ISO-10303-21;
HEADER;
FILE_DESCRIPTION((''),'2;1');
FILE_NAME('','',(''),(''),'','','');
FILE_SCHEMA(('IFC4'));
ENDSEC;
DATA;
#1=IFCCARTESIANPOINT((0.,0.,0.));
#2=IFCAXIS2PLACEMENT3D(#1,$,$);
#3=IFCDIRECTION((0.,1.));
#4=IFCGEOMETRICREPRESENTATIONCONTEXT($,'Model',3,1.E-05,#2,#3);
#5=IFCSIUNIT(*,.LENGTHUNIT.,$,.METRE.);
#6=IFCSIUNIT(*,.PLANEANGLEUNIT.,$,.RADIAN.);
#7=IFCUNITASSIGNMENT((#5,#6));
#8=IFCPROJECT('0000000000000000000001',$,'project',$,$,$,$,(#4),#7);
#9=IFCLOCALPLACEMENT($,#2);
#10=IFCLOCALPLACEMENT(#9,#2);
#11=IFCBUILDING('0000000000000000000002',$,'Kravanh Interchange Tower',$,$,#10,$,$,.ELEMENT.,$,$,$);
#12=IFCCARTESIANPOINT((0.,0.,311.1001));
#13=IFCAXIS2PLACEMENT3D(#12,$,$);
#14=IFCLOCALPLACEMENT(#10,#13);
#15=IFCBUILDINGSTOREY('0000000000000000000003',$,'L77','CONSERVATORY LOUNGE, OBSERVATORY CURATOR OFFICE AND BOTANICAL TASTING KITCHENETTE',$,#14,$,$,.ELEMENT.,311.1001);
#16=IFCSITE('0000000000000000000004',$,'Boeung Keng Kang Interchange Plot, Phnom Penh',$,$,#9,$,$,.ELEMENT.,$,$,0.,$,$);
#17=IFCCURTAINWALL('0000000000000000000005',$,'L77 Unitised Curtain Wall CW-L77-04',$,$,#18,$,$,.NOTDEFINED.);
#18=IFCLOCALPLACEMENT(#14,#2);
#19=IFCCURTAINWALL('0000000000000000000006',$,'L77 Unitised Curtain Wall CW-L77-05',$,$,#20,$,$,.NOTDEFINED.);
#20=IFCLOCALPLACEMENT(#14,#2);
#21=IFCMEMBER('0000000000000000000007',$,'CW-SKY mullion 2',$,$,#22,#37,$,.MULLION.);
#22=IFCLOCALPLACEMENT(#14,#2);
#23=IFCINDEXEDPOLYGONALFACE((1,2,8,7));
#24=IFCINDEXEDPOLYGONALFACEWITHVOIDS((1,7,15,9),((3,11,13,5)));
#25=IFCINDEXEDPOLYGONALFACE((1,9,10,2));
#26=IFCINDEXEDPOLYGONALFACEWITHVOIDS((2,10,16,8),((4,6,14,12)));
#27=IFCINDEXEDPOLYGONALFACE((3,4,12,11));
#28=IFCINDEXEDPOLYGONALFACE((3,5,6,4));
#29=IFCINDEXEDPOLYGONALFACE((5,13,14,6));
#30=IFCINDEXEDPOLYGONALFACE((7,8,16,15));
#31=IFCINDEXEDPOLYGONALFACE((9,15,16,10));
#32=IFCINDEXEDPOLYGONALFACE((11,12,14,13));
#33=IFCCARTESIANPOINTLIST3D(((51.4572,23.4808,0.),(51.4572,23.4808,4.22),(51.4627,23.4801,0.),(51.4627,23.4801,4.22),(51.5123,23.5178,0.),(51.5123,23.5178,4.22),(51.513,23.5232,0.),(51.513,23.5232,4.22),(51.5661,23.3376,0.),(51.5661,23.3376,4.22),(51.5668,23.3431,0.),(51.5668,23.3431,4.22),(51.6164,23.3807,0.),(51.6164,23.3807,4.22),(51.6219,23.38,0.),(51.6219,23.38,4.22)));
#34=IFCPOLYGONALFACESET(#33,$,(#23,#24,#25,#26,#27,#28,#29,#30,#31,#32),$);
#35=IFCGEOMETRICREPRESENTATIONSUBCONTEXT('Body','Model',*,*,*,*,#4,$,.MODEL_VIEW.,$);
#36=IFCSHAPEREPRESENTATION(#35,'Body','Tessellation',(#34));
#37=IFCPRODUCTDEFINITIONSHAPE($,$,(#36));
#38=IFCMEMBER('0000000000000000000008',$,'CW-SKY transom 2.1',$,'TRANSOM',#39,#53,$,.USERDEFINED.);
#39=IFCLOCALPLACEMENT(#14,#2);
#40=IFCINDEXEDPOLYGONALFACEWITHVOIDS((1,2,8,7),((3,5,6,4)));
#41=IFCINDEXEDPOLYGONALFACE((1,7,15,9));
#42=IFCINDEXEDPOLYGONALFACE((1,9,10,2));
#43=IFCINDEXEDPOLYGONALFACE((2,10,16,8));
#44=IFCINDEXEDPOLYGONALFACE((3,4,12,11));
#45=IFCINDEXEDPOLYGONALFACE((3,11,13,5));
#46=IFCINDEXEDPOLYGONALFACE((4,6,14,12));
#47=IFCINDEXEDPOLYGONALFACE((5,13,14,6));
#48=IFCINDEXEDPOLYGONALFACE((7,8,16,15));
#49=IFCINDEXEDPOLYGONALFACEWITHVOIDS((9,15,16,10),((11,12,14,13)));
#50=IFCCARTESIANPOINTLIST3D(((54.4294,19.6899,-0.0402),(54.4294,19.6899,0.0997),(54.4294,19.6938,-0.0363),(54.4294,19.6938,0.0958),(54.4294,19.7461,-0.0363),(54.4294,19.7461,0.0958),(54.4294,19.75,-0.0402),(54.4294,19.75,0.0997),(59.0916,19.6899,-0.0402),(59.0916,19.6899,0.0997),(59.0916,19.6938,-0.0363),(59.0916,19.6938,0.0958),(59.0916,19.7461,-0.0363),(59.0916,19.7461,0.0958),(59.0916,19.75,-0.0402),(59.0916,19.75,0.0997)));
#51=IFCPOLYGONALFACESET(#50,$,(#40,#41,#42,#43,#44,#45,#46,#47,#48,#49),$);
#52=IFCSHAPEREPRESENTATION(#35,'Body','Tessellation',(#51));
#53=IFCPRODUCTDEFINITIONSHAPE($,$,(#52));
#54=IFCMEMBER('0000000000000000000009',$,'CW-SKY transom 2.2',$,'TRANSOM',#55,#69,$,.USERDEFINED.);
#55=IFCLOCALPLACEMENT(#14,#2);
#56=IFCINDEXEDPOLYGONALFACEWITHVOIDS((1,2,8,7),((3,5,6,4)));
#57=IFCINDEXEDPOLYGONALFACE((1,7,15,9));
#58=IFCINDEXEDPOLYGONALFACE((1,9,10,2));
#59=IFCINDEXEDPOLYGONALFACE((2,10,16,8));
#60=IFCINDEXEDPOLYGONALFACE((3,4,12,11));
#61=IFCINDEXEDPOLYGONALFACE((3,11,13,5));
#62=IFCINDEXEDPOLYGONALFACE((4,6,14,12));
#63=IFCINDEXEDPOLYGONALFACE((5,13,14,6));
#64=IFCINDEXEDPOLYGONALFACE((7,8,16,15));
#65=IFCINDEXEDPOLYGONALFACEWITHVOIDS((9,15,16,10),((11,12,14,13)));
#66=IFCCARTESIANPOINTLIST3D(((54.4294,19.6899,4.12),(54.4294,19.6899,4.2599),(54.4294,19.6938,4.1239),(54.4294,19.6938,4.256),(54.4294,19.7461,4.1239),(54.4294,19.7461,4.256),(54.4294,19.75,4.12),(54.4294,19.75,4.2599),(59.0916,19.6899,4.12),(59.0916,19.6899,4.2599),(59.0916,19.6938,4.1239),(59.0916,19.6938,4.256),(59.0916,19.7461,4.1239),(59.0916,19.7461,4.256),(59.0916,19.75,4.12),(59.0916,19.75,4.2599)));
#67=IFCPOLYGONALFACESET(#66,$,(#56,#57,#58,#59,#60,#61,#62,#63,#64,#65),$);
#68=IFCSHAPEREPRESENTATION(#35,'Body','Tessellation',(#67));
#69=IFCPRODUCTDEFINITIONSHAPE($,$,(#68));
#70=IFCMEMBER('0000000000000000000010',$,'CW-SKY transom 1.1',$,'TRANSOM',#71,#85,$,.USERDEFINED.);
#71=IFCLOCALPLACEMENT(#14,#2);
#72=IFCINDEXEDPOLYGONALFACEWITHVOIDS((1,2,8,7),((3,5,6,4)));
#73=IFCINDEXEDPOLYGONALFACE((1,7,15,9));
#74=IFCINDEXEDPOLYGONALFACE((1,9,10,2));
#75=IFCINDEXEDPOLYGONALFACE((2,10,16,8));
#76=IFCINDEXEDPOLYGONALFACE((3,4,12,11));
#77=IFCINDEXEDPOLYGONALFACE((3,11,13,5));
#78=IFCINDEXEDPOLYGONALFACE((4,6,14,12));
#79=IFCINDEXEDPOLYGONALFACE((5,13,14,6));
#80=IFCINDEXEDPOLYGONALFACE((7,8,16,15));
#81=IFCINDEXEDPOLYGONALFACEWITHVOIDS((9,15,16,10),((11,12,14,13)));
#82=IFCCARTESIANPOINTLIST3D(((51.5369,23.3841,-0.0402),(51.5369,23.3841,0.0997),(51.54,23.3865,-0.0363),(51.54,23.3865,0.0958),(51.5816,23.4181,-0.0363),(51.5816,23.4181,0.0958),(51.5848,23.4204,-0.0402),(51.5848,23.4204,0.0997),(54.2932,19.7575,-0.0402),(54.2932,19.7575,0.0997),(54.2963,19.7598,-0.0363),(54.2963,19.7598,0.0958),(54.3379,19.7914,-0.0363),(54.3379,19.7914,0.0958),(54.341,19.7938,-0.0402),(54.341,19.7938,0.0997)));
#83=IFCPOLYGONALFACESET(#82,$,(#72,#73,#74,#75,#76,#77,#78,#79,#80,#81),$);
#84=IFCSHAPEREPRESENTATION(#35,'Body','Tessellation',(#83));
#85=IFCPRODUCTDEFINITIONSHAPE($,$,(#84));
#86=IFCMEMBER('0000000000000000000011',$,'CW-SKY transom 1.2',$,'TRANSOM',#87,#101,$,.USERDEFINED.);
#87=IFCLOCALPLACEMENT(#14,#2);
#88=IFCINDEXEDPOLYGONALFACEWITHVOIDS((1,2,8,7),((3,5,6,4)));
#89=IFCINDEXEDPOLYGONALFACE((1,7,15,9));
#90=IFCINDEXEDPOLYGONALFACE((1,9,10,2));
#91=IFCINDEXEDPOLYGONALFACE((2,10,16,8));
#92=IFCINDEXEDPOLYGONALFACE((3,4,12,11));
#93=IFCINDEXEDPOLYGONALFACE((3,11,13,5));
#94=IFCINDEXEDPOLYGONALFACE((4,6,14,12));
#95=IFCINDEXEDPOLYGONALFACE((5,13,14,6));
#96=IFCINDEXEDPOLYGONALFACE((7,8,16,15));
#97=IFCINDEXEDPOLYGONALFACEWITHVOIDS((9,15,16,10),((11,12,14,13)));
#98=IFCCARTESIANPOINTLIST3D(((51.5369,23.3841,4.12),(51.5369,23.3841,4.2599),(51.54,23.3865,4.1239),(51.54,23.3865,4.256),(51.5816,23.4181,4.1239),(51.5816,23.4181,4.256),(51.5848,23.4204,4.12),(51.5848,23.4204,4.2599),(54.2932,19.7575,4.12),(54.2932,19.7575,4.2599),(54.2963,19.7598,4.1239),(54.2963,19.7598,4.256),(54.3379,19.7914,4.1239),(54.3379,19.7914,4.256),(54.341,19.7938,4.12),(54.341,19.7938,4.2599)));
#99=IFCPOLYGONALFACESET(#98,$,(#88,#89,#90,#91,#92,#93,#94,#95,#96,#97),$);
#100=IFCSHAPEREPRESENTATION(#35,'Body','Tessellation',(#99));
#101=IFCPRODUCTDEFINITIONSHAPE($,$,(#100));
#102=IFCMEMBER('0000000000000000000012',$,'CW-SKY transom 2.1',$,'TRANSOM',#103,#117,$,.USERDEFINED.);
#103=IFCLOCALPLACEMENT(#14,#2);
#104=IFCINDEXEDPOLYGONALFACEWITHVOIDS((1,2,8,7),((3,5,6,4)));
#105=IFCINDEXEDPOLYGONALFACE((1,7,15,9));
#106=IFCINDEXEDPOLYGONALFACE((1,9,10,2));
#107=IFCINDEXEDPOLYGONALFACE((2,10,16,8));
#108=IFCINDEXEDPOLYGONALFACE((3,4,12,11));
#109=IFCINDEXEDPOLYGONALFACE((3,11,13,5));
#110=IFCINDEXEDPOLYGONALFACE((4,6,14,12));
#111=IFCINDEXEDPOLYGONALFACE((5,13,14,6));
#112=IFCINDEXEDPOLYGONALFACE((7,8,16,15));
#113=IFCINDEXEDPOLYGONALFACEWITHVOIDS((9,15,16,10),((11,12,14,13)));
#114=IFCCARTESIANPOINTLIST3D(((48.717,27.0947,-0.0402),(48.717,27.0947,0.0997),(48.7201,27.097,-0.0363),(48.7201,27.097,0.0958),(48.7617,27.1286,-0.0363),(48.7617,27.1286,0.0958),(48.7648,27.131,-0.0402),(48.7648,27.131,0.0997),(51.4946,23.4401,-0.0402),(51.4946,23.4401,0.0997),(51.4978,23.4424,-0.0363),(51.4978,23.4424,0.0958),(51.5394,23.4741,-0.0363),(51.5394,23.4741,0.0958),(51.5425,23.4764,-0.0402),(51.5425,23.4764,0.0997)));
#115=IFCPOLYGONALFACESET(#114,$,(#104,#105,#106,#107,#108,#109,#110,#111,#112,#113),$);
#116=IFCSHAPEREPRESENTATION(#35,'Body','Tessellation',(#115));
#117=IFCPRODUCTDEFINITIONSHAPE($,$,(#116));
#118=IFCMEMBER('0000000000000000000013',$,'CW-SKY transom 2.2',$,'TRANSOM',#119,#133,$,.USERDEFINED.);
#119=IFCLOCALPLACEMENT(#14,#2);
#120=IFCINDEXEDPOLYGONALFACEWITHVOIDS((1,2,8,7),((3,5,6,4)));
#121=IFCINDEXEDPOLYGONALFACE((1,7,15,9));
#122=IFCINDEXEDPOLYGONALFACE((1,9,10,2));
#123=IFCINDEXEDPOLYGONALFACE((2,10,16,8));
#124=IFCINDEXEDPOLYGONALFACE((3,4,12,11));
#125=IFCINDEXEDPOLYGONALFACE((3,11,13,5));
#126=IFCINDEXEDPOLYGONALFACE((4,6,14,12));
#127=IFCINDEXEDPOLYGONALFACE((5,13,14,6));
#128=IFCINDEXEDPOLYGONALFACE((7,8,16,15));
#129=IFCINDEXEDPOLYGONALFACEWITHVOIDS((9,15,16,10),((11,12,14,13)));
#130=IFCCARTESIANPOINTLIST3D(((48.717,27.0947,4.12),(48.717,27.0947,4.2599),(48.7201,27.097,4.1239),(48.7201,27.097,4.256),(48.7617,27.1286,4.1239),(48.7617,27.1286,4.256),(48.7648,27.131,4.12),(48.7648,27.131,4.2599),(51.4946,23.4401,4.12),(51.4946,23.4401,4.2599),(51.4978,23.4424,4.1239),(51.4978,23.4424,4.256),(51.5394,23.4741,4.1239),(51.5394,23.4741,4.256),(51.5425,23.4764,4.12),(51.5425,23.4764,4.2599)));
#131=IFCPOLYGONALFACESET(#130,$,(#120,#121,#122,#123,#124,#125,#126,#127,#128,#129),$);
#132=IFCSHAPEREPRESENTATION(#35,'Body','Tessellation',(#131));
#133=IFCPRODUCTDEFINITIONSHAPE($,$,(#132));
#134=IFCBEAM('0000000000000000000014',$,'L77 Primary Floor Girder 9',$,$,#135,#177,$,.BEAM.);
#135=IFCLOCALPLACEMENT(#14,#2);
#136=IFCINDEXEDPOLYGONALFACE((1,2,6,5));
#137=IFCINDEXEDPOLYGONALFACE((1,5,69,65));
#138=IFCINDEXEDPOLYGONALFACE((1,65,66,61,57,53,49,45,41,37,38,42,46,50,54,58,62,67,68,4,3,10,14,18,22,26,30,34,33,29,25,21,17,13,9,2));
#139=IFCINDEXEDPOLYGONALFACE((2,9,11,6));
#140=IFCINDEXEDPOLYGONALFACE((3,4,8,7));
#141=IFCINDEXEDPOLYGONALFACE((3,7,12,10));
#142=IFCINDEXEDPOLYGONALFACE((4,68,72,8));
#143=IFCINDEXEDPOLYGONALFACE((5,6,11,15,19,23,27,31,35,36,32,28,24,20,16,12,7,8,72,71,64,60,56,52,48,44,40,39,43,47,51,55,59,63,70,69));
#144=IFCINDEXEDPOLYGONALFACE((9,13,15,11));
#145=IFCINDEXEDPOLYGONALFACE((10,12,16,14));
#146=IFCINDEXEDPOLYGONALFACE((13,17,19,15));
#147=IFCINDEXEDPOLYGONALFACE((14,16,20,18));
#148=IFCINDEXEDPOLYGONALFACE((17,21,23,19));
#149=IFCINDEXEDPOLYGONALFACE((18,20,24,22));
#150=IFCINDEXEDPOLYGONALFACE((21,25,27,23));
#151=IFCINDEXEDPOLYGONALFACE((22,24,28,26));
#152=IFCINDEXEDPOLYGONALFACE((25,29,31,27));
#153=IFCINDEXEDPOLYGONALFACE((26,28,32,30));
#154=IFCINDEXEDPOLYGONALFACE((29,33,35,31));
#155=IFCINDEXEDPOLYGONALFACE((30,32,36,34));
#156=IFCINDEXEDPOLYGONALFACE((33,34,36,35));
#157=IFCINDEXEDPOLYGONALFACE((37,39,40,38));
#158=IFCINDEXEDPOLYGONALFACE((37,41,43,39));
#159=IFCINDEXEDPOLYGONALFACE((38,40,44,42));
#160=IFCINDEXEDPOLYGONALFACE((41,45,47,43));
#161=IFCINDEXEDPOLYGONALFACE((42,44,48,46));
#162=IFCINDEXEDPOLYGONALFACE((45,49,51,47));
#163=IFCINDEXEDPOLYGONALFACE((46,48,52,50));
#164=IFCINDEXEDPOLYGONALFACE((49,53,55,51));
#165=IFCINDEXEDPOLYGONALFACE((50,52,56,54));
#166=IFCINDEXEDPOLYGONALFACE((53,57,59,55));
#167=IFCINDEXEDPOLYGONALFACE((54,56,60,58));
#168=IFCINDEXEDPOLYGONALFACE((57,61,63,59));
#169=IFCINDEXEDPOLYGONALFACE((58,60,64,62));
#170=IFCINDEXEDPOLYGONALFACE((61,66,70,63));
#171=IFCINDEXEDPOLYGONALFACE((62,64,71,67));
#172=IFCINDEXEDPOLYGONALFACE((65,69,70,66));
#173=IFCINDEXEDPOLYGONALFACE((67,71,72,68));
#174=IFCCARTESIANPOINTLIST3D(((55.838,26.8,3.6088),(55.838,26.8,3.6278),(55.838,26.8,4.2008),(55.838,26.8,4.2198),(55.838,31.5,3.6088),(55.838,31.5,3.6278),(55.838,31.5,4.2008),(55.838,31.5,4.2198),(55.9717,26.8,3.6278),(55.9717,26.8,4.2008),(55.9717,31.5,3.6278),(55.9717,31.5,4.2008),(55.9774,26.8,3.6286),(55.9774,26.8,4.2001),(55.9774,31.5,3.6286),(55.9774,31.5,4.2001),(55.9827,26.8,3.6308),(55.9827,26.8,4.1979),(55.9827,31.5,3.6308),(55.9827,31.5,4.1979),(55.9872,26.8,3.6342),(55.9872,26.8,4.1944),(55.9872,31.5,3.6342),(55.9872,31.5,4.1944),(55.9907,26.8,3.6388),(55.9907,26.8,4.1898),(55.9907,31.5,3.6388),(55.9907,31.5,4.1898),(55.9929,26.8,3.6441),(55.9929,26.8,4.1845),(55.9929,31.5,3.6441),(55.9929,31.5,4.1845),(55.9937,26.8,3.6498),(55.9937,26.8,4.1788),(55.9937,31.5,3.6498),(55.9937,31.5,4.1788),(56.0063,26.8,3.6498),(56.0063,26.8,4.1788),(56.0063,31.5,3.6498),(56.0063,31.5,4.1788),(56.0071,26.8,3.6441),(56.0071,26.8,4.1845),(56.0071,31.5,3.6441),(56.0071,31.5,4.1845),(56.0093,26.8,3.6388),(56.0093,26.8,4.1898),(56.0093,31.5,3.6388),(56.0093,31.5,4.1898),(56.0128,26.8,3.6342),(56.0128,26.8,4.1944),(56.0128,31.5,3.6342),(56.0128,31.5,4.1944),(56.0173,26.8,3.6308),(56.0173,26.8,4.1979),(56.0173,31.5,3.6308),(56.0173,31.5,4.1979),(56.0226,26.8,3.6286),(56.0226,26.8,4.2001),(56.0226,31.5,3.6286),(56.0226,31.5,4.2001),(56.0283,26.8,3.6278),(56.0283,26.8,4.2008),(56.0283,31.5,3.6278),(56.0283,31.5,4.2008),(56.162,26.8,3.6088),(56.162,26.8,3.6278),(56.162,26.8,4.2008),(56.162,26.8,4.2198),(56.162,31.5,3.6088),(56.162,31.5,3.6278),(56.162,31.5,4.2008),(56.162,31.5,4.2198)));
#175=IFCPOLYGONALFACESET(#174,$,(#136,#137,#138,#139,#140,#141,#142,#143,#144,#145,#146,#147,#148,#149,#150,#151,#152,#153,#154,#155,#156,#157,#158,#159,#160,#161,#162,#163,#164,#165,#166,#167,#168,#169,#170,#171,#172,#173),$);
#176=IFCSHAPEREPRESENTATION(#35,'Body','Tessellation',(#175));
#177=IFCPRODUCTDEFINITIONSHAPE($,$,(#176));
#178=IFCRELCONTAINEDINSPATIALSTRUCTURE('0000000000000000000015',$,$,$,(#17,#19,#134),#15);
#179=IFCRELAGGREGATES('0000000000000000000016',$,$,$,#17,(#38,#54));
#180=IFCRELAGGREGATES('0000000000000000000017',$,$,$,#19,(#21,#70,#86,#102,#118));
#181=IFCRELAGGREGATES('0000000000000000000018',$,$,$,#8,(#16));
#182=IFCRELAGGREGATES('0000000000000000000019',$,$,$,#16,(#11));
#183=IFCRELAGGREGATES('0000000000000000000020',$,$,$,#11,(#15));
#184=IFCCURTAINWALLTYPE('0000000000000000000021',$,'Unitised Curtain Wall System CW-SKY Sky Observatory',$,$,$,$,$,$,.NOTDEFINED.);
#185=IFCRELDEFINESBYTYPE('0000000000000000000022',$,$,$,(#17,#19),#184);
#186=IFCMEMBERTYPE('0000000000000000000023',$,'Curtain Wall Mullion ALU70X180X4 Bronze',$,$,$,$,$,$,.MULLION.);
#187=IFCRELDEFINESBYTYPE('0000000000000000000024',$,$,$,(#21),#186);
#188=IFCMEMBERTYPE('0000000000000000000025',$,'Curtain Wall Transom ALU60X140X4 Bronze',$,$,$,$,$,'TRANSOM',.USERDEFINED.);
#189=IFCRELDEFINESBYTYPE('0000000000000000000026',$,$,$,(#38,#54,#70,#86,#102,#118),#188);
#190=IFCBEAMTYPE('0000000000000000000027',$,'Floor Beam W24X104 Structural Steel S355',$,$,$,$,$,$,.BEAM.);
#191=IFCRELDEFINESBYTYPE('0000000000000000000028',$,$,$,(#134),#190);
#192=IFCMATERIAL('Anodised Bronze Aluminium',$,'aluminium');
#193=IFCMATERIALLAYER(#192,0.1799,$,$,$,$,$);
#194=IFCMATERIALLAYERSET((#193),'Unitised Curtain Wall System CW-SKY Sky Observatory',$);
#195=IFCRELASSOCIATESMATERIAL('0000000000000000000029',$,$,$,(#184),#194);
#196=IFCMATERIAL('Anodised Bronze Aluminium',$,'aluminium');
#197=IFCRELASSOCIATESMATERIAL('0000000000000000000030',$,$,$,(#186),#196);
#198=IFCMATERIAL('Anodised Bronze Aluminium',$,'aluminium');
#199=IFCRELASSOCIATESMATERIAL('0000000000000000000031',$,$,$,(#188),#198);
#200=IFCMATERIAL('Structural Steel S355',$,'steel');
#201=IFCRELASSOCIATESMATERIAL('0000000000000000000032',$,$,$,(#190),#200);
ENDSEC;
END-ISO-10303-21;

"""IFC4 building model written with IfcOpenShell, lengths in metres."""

from ifc_helpers import new_model, si_unit, direction, frame, origin, origin_2d, place, context, subcontext, project, spatial, hollow_rectangle, i_section, extrude, material, layer, layer_set, material_profile, profile_set, type_object, element, aggregate, save


model = new_model("IFC4")

# Units and contexts
model_context = context("Model", 3, precision=1e-05, world=origin(), true_north=direction((0.0, 1.0)))
body_context = subcontext(model_context, "Body", "Model", "MODEL_VIEW")
ifc_project = project(units=[si_unit("LENGTHUNIT", "METRE"), si_unit("PLANEANGLEUNIT", "RADIAN")], contexts=[model_context])

# Site, building, storey
site_placement = place(None, origin())
site = spatial("IfcSite", under=ifc_project, at=site_placement, Name="Boeung Keng Kang Interchange Plot, Phnom Penh", CompositionType="ELEMENT", RefElevation=0.0)
building_placement = place(site_placement, origin())
building = spatial("IfcBuilding", under=site, at=building_placement, Name="Kravanh Interchange Tower", CompositionType="ELEMENT")
storey_placement = place(building_placement, frame((0.0, 0.0, 311.1001)))
storey = spatial("IfcBuildingStorey", under=building, at=storey_placement, Name="L77", Description="CONSERVATORY LOUNGE, OBSERVATORY CURATOR OFFICE AND BOTANICAL TASTING KITCHENETTE", CompositionType="ELEMENT", Elevation=311.1001)

# Curtain walls, member
ifc_material_1 = material(Name="Anodised Bronze Aluminium", Category="aluminium")
ifc_layer_1 = layer(ifc_material_1, 0.1799)
ifc_layer_set_1 = layer_set([ifc_layer_1], Name="Unitised Curtain Wall System CW-SKY Sky Observatory")
curtain_wall_type = type_object("IfcCurtainWallType", Name="Unitised Curtain Wall System CW-SKY Sky Observatory", PredefinedType="NOTDEFINED", material=ifc_layer_set_1)
curtain_wall_1_placement = place(storey_placement, origin())
curtain_wall_1 = element("IfcCurtainWall", 1, at=curtain_wall_1_placement, inside=storey, type_object=curtain_wall_type, Name="L77 Unitised Curtain Wall CW-L77-04", PredefinedType="NOTDEFINED")
ifc_material_2 = material(Name="Anodised Bronze Aluminium", Category="aluminium")
ifc_material_profile_1 = material_profile(ifc_material_2, hollow_rectangle(XDim=0.0701, YDim=0.1799, WallThickness=0.0039, at=origin_2d()), Name="ALU70X180X4")
ifc_profile_set_1 = profile_set([ifc_material_profile_1], Name="Anodised Bronze Aluminium")
member_type_1 = type_object("IfcMemberType", Name="Curtain Wall Mullion ALU70X180X4 Bronze", PredefinedType="MULLION", material=ifc_profile_set_1)
curtain_wall_2_placement = place(storey_placement, origin())
curtain_wall_2 = element("IfcCurtainWall", 2, at=curtain_wall_2_placement, inside=storey, type_object=curtain_wall_type, Name="L77 Unitised Curtain Wall CW-L77-05", PredefinedType="NOTDEFINED")
member_1_placement = place(storey_placement, frame((51.5396, 23.4304, 0.0), z_axis=(0.0, 0.0, 1.0), x_axis=(-0.796162, -0.605084, 0.0)))
member_1 = element("IfcMember", 3, at=member_1_placement, type_object=member_type_1, Name="CW-SKY mullion 2", PredefinedType="MULLION", context=body_context, shape_type="SweptSolid", body=[
    extrude(hollow_rectangle(XDim=0.0701, YDim=0.1799, WallThickness=0.0039, at=origin_2d()), origin(), (0.0, 0.0, 1.0), 4.22),
])

# Members
ifc_material_3 = material(Name="Anodised Bronze Aluminium", Category="aluminium")
ifc_material_profile_2 = material_profile(ifc_material_3, hollow_rectangle(XDim=0.0601, YDim=0.1399, WallThickness=0.0039, at=origin_2d()), Name="ALU60X140X4")
ifc_profile_set_2 = profile_set([ifc_material_profile_2], Name="Anodised Bronze Aluminium")
member_type_2 = type_object("IfcMemberType", Name="Curtain Wall Transom ALU60X140X4 Bronze", ElementType="TRANSOM", PredefinedType="USERDEFINED", material=ifc_profile_set_2)
member_2_placement = place(storey_placement, frame((59.0916, 19.72, 0.0298), z_axis=(-1.0, 0.0, 0.0), x_axis=(0.0, -1.0, 0.0)))
member_2 = element("IfcMember", 4, at=member_2_placement, type_object=member_type_2, Name="CW-SKY transom 2.1", ObjectType="TRANSOM", PredefinedType="USERDEFINED", context=body_context, shape_type="SweptSolid", body=[
    extrude(hollow_rectangle(XDim=0.0601, YDim=0.1399, WallThickness=0.0039, at=origin_2d()), origin(), (0.0, 0.0, 1.0), 4.6621),
])
member_3_placement = place(storey_placement, frame((59.0916, 19.72, 4.1899), z_axis=(-1.0, 0.0, 0.0), x_axis=(0.0, -1.0, 0.0)))
member_3 = element("IfcMember", 5, at=member_3_placement, type_object=member_type_2, Name="CW-SKY transom 2.2", ObjectType="TRANSOM", PredefinedType="USERDEFINED", context=body_context, shape_type="SweptSolid", body=[
    extrude(hollow_rectangle(XDim=0.0601, YDim=0.1399, WallThickness=0.0039, at=origin_2d()), origin(), (0.0, 0.0, 1.0), 4.6621),
])
member_4_placement = place(storey_placement, frame((54.3171, 19.7756, 0.0298), z_axis=(-0.60509, 0.796157, 0.0), x_axis=(-0.796157, -0.60509, 0.0)))
member_4 = element("IfcMember", 6, at=member_4_placement, type_object=member_type_2, Name="CW-SKY transom 1.1", ObjectType="TRANSOM", PredefinedType="USERDEFINED", context=body_context, shape_type="SweptSolid", body=[
    extrude(hollow_rectangle(XDim=0.0601, YDim=0.1399, WallThickness=0.0039, at=origin_2d()), origin(), (0.0, 0.0, 1.0), 4.5552),
])
member_5_placement = place(storey_placement, frame((54.3171, 19.7756, 4.1899), z_axis=(-0.60509, 0.796157, 0.0), x_axis=(-0.796157, -0.60509, 0.0)))
member_5 = element("IfcMember", 7, at=member_5_placement, type_object=member_type_2, Name="CW-SKY transom 1.2", ObjectType="TRANSOM", PredefinedType="USERDEFINED", context=body_context, shape_type="SweptSolid", body=[
    extrude(hollow_rectangle(XDim=0.0601, YDim=0.1399, WallThickness=0.0039, at=origin_2d()), origin(), (0.0, 0.0, 1.0), 4.5552),
])
member_6_placement = place(storey_placement, frame((51.5186, 23.4583, 0.0298), z_axis=(-0.605102, 0.796148, 0.0), x_axis=(-0.796148, -0.605102, 0.0)))
member_6 = element("IfcMember", 8, at=member_6_placement, type_object=member_type_2, Name="CW-SKY transom 2.1", ObjectType="TRANSOM", PredefinedType="USERDEFINED", context=body_context, shape_type="SweptSolid", body=[
    extrude(hollow_rectangle(XDim=0.0601, YDim=0.1399, WallThickness=0.0039, at=origin_2d()), origin(), (0.0, 0.0, 1.0), 4.5903),
])
member_7_placement = place(storey_placement, frame((51.5186, 23.4583, 4.1899), z_axis=(-0.605102, 0.796148, 0.0), x_axis=(-0.796148, -0.605102, 0.0)))
member_7 = element("IfcMember", 9, at=member_7_placement, type_object=member_type_2, Name="CW-SKY transom 2.2", ObjectType="TRANSOM", PredefinedType="USERDEFINED", context=body_context, shape_type="SweptSolid", body=[
    extrude(hollow_rectangle(XDim=0.0601, YDim=0.1399, WallThickness=0.0039, at=origin_2d()), origin(), (0.0, 0.0, 1.0), 4.5903),
])

# Beam
ifc_material_4 = material(Name="Structural Steel S355", Category="steel")
ifc_material_profile_3 = material_profile(ifc_material_4, i_section(OverallWidth=0.324, OverallDepth=0.6111, WebThickness=0.0127, FlangeThickness=0.019, FilletRadius=0.022, at=origin_2d()), Name="W24X104")
ifc_profile_set_3 = profile_set([ifc_material_profile_3], Name="Structural Steel S355")
beam_type_1 = type_object("IfcBeamType", Name="Floor Beam W24X104 Structural Steel S355", PredefinedType="BEAM", material=ifc_profile_set_3)
beam_1_placement = place(storey_placement, frame((56.0, 31.5, 3.9143), z_axis=(0.0, -1.0, 0.0), x_axis=(1.0, 0.0, 0.0)))
element("IfcBeam", 10, at=beam_1_placement, inside=storey, type_object=beam_type_1, Name="L77 Primary Floor Girder 9", PredefinedType="BEAM", context=body_context, shape_type="SweptSolid", body=[
    extrude(i_section(OverallWidth=0.324, OverallDepth=0.6111, WebThickness=0.0127, FlangeThickness=0.019, FilletRadius=0.022, at=origin_2d()), origin(), (0.0, 0.0, 1.0), 4.7),
])

aggregate(curtain_wall_1, [member_2, member_3])
aggregate(curtain_wall_2, [member_1, member_4, member_5, member_6, member_7])

save(model, "model.ifc")
